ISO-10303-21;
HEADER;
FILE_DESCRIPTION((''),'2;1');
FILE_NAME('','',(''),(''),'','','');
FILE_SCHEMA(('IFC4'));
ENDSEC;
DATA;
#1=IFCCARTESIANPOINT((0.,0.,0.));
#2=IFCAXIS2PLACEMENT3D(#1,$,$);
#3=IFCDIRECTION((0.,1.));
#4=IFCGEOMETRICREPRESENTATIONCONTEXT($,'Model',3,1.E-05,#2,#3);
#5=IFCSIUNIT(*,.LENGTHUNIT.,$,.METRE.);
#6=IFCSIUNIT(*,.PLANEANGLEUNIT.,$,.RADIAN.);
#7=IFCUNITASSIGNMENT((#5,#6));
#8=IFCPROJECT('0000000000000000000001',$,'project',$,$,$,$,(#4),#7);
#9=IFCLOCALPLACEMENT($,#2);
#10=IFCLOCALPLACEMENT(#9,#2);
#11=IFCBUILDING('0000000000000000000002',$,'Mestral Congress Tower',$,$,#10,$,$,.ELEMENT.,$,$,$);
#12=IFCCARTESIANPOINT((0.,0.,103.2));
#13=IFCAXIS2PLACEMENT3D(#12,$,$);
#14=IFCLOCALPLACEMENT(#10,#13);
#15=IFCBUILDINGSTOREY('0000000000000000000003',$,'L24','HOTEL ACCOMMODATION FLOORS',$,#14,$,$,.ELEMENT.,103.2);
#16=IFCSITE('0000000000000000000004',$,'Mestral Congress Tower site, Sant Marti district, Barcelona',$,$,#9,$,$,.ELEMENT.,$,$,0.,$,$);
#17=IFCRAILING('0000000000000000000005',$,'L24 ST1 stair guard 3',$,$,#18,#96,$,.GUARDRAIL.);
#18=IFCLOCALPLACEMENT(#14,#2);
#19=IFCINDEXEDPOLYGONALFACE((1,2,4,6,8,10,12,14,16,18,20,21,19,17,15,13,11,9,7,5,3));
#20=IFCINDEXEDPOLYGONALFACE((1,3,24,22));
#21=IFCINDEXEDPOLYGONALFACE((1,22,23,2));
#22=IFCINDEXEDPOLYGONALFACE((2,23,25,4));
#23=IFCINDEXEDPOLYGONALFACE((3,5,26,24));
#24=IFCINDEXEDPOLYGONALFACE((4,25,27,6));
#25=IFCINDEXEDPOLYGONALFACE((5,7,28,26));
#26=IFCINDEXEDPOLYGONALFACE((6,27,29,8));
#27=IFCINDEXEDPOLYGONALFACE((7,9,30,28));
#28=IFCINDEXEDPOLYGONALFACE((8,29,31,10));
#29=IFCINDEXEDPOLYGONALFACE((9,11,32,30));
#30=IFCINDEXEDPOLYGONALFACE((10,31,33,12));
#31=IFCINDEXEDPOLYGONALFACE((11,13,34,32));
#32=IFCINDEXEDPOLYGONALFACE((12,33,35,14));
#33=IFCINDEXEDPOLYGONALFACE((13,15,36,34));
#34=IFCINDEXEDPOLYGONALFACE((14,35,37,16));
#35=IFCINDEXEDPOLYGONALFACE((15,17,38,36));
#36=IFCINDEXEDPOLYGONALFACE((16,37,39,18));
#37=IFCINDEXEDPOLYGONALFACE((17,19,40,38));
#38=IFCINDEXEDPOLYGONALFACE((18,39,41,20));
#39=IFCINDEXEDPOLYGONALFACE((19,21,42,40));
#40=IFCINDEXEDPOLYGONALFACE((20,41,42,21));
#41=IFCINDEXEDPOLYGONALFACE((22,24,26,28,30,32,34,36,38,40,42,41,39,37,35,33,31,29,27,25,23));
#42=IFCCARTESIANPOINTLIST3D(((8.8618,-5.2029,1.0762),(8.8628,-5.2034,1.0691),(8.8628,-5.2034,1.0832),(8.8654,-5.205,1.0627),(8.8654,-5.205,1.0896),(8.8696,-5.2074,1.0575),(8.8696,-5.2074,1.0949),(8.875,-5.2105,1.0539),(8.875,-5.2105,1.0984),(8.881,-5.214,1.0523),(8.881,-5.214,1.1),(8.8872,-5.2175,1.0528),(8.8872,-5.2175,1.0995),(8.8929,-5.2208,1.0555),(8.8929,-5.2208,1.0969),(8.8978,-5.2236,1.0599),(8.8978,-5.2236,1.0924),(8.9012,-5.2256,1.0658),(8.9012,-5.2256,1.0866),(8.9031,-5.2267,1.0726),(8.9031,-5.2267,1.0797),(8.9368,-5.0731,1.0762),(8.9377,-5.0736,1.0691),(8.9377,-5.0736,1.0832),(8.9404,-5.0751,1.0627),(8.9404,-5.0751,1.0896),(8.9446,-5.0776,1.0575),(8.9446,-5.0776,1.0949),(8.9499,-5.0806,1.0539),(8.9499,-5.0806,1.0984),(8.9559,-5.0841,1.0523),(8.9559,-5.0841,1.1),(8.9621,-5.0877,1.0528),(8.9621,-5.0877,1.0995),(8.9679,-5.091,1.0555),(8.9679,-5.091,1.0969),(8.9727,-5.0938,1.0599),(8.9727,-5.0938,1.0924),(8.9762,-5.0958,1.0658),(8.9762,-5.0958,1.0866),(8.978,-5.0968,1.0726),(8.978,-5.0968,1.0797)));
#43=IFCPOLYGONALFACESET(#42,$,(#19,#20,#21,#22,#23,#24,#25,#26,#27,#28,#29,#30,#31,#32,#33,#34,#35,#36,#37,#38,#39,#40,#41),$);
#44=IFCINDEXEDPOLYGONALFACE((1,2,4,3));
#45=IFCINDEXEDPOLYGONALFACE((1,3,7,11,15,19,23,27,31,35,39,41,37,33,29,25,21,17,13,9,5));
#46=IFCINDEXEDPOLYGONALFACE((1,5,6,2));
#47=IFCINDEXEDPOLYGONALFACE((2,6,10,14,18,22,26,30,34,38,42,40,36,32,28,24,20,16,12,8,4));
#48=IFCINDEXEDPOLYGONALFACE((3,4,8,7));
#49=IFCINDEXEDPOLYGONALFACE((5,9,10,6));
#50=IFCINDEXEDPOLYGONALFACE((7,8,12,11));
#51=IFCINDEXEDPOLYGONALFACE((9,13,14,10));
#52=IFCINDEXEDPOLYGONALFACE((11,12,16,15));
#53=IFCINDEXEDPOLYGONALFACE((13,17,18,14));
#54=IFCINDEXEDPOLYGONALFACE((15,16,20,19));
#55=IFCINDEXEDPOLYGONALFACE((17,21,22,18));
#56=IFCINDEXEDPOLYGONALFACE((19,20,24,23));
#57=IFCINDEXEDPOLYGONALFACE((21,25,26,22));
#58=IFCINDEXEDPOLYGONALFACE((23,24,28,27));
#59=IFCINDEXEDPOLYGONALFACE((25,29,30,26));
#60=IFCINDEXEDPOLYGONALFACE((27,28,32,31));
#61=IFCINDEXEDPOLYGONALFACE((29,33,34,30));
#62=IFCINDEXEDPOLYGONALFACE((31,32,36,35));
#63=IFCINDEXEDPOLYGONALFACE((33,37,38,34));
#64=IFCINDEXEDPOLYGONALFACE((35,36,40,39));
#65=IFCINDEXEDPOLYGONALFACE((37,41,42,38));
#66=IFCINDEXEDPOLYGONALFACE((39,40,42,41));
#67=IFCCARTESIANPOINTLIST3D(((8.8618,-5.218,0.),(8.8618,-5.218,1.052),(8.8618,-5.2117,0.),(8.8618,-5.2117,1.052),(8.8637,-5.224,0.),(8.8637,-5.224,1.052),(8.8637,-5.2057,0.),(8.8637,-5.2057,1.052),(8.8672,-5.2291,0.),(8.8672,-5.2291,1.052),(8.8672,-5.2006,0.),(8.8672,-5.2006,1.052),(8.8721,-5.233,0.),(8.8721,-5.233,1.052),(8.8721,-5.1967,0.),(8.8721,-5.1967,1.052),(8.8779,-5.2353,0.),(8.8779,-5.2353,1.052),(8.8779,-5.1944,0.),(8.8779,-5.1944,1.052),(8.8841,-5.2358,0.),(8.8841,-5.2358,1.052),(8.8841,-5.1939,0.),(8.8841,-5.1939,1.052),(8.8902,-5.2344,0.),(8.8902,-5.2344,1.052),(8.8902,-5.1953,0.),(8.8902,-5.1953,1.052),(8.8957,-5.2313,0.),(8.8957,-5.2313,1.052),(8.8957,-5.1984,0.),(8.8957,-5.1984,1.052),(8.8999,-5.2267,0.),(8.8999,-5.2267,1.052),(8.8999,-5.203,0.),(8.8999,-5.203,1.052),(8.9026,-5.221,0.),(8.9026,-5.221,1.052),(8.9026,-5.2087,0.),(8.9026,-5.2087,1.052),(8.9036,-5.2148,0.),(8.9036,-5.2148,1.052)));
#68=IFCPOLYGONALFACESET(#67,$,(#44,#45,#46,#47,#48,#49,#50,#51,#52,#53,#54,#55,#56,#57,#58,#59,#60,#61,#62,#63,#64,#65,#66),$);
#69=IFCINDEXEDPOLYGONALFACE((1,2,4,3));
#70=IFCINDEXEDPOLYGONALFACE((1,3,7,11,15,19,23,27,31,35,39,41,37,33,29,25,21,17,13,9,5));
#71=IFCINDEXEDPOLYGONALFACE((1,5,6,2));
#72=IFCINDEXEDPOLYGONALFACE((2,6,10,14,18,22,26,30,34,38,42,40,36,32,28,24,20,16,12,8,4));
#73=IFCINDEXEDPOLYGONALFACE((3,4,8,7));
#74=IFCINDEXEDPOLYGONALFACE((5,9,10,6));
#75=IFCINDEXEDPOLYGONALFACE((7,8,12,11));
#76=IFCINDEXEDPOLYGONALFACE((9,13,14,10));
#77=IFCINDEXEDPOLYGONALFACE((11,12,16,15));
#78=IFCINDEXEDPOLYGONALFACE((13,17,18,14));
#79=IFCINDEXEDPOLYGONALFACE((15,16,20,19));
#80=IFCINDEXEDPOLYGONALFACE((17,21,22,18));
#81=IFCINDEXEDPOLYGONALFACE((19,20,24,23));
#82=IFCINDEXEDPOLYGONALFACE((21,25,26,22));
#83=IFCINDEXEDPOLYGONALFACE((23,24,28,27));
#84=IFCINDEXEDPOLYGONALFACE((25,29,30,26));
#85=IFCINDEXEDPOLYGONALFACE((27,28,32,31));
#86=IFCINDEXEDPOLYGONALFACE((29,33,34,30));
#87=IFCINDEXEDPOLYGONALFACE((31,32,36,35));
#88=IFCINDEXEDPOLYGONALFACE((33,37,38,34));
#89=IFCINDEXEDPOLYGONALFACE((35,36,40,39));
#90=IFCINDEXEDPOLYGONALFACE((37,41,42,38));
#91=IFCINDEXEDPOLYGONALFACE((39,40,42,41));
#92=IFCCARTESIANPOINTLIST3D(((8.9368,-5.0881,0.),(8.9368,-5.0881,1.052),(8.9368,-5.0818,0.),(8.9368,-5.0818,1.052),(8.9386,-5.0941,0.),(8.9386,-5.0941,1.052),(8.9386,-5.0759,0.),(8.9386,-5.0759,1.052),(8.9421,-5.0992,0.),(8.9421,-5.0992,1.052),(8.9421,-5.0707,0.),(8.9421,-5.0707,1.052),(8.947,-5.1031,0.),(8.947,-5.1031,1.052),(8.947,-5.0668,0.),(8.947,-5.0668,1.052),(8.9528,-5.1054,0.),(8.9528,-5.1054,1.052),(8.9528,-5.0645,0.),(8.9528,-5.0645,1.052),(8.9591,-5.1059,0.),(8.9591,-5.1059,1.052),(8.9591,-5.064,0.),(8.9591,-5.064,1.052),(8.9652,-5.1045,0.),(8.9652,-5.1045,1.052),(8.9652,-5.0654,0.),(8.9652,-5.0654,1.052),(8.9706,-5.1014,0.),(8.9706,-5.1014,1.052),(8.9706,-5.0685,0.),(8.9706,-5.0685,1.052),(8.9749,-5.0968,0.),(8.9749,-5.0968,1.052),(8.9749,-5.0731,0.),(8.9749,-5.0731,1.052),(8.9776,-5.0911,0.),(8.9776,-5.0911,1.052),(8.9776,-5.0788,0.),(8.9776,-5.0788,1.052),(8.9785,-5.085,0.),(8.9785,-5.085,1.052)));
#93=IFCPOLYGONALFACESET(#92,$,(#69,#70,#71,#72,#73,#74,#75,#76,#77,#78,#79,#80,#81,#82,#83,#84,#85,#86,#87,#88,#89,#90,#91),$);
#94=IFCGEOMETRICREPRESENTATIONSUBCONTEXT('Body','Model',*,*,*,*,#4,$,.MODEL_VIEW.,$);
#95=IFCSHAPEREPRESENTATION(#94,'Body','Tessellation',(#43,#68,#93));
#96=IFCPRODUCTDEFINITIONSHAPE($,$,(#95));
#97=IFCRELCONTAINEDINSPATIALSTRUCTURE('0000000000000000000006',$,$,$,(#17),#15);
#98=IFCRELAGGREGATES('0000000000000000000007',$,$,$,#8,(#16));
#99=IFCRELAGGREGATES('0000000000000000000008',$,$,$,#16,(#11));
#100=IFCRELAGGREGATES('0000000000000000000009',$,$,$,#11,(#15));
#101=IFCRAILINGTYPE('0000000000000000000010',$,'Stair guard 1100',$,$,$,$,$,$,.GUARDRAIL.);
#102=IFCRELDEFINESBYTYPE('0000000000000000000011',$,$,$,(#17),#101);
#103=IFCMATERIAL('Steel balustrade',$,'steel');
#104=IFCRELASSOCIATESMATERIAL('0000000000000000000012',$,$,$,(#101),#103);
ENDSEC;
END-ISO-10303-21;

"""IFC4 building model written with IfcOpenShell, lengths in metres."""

from ifc_helpers import new_model, si_unit, direction, frame, origin, origin_2d, place, context, subcontext, project, spatial, circle, extrude, material, type_object, element, save


model = new_model("IFC4")

# Units and contexts
model_context = context("Model", 3, precision=1e-05, world=origin(), true_north=direction((0.0, 1.0)))
body_context = subcontext(model_context, "Body", "Model", "MODEL_VIEW")
ifc_project = project(units=[si_unit("LENGTHUNIT", "METRE"), si_unit("PLANEANGLEUNIT", "RADIAN")], contexts=[model_context])

# Site, building, storey
site_placement = place(None, origin())
site = spatial("IfcSite", under=ifc_project, at=site_placement, Name="Mestral Congress Tower site, Sant Marti district, Barcelona", CompositionType="ELEMENT", RefElevation=0.0)
building_placement = place(site_placement, origin())
building = spatial("IfcBuilding", under=site, at=building_placement, Name="Mestral Congress Tower", CompositionType="ELEMENT")
storey_placement = place(building_placement, frame((0.0, 0.0, 103.2)))
storey = spatial("IfcBuildingStorey", under=building, at=storey_placement, Name="L24", Description="HOTEL ACCOMMODATION FLOORS", CompositionType="ELEMENT", Elevation=103.2)

# Railing
ifc_material_1 = material(Name="Steel balustrade", Category="steel")
railing_type_1 = type_object("IfcRailingType", Name="Stair guard 1100", PredefinedType="GUARDRAIL", material=ifc_material_1)
railing_1_placement = place(storey_placement, frame((8.8826, -5.2148, 0.0)))
element("IfcRailing", 1, at=railing_1_placement, inside=storey, type_object=railing_type_1, Name="L24 ST1 stair guard 3", PredefinedType="GUARDRAIL", context=body_context, shape_type="SweptSolid", body=[
    extrude(circle(Radius=0.0239, at=origin_2d()), frame((0.0, 0.0, 1.0762), z_axis=(0.499816, 0.866131, 0.0), x_axis=(-0.866131, 0.499816, 0.0)), (0.0, 0.0, 1.0), 0.1499),
    extrude(circle(Radius=0.021, at=origin_2d()), origin(), (0.0, 0.0, 1.0), 1.052),
    extrude(circle(Radius=0.021, at=origin_2d()), frame((0.075, 0.1299, 0.0)), (0.0, 0.0, 1.0), 1.052),
])

save(model, "model.ifc")
